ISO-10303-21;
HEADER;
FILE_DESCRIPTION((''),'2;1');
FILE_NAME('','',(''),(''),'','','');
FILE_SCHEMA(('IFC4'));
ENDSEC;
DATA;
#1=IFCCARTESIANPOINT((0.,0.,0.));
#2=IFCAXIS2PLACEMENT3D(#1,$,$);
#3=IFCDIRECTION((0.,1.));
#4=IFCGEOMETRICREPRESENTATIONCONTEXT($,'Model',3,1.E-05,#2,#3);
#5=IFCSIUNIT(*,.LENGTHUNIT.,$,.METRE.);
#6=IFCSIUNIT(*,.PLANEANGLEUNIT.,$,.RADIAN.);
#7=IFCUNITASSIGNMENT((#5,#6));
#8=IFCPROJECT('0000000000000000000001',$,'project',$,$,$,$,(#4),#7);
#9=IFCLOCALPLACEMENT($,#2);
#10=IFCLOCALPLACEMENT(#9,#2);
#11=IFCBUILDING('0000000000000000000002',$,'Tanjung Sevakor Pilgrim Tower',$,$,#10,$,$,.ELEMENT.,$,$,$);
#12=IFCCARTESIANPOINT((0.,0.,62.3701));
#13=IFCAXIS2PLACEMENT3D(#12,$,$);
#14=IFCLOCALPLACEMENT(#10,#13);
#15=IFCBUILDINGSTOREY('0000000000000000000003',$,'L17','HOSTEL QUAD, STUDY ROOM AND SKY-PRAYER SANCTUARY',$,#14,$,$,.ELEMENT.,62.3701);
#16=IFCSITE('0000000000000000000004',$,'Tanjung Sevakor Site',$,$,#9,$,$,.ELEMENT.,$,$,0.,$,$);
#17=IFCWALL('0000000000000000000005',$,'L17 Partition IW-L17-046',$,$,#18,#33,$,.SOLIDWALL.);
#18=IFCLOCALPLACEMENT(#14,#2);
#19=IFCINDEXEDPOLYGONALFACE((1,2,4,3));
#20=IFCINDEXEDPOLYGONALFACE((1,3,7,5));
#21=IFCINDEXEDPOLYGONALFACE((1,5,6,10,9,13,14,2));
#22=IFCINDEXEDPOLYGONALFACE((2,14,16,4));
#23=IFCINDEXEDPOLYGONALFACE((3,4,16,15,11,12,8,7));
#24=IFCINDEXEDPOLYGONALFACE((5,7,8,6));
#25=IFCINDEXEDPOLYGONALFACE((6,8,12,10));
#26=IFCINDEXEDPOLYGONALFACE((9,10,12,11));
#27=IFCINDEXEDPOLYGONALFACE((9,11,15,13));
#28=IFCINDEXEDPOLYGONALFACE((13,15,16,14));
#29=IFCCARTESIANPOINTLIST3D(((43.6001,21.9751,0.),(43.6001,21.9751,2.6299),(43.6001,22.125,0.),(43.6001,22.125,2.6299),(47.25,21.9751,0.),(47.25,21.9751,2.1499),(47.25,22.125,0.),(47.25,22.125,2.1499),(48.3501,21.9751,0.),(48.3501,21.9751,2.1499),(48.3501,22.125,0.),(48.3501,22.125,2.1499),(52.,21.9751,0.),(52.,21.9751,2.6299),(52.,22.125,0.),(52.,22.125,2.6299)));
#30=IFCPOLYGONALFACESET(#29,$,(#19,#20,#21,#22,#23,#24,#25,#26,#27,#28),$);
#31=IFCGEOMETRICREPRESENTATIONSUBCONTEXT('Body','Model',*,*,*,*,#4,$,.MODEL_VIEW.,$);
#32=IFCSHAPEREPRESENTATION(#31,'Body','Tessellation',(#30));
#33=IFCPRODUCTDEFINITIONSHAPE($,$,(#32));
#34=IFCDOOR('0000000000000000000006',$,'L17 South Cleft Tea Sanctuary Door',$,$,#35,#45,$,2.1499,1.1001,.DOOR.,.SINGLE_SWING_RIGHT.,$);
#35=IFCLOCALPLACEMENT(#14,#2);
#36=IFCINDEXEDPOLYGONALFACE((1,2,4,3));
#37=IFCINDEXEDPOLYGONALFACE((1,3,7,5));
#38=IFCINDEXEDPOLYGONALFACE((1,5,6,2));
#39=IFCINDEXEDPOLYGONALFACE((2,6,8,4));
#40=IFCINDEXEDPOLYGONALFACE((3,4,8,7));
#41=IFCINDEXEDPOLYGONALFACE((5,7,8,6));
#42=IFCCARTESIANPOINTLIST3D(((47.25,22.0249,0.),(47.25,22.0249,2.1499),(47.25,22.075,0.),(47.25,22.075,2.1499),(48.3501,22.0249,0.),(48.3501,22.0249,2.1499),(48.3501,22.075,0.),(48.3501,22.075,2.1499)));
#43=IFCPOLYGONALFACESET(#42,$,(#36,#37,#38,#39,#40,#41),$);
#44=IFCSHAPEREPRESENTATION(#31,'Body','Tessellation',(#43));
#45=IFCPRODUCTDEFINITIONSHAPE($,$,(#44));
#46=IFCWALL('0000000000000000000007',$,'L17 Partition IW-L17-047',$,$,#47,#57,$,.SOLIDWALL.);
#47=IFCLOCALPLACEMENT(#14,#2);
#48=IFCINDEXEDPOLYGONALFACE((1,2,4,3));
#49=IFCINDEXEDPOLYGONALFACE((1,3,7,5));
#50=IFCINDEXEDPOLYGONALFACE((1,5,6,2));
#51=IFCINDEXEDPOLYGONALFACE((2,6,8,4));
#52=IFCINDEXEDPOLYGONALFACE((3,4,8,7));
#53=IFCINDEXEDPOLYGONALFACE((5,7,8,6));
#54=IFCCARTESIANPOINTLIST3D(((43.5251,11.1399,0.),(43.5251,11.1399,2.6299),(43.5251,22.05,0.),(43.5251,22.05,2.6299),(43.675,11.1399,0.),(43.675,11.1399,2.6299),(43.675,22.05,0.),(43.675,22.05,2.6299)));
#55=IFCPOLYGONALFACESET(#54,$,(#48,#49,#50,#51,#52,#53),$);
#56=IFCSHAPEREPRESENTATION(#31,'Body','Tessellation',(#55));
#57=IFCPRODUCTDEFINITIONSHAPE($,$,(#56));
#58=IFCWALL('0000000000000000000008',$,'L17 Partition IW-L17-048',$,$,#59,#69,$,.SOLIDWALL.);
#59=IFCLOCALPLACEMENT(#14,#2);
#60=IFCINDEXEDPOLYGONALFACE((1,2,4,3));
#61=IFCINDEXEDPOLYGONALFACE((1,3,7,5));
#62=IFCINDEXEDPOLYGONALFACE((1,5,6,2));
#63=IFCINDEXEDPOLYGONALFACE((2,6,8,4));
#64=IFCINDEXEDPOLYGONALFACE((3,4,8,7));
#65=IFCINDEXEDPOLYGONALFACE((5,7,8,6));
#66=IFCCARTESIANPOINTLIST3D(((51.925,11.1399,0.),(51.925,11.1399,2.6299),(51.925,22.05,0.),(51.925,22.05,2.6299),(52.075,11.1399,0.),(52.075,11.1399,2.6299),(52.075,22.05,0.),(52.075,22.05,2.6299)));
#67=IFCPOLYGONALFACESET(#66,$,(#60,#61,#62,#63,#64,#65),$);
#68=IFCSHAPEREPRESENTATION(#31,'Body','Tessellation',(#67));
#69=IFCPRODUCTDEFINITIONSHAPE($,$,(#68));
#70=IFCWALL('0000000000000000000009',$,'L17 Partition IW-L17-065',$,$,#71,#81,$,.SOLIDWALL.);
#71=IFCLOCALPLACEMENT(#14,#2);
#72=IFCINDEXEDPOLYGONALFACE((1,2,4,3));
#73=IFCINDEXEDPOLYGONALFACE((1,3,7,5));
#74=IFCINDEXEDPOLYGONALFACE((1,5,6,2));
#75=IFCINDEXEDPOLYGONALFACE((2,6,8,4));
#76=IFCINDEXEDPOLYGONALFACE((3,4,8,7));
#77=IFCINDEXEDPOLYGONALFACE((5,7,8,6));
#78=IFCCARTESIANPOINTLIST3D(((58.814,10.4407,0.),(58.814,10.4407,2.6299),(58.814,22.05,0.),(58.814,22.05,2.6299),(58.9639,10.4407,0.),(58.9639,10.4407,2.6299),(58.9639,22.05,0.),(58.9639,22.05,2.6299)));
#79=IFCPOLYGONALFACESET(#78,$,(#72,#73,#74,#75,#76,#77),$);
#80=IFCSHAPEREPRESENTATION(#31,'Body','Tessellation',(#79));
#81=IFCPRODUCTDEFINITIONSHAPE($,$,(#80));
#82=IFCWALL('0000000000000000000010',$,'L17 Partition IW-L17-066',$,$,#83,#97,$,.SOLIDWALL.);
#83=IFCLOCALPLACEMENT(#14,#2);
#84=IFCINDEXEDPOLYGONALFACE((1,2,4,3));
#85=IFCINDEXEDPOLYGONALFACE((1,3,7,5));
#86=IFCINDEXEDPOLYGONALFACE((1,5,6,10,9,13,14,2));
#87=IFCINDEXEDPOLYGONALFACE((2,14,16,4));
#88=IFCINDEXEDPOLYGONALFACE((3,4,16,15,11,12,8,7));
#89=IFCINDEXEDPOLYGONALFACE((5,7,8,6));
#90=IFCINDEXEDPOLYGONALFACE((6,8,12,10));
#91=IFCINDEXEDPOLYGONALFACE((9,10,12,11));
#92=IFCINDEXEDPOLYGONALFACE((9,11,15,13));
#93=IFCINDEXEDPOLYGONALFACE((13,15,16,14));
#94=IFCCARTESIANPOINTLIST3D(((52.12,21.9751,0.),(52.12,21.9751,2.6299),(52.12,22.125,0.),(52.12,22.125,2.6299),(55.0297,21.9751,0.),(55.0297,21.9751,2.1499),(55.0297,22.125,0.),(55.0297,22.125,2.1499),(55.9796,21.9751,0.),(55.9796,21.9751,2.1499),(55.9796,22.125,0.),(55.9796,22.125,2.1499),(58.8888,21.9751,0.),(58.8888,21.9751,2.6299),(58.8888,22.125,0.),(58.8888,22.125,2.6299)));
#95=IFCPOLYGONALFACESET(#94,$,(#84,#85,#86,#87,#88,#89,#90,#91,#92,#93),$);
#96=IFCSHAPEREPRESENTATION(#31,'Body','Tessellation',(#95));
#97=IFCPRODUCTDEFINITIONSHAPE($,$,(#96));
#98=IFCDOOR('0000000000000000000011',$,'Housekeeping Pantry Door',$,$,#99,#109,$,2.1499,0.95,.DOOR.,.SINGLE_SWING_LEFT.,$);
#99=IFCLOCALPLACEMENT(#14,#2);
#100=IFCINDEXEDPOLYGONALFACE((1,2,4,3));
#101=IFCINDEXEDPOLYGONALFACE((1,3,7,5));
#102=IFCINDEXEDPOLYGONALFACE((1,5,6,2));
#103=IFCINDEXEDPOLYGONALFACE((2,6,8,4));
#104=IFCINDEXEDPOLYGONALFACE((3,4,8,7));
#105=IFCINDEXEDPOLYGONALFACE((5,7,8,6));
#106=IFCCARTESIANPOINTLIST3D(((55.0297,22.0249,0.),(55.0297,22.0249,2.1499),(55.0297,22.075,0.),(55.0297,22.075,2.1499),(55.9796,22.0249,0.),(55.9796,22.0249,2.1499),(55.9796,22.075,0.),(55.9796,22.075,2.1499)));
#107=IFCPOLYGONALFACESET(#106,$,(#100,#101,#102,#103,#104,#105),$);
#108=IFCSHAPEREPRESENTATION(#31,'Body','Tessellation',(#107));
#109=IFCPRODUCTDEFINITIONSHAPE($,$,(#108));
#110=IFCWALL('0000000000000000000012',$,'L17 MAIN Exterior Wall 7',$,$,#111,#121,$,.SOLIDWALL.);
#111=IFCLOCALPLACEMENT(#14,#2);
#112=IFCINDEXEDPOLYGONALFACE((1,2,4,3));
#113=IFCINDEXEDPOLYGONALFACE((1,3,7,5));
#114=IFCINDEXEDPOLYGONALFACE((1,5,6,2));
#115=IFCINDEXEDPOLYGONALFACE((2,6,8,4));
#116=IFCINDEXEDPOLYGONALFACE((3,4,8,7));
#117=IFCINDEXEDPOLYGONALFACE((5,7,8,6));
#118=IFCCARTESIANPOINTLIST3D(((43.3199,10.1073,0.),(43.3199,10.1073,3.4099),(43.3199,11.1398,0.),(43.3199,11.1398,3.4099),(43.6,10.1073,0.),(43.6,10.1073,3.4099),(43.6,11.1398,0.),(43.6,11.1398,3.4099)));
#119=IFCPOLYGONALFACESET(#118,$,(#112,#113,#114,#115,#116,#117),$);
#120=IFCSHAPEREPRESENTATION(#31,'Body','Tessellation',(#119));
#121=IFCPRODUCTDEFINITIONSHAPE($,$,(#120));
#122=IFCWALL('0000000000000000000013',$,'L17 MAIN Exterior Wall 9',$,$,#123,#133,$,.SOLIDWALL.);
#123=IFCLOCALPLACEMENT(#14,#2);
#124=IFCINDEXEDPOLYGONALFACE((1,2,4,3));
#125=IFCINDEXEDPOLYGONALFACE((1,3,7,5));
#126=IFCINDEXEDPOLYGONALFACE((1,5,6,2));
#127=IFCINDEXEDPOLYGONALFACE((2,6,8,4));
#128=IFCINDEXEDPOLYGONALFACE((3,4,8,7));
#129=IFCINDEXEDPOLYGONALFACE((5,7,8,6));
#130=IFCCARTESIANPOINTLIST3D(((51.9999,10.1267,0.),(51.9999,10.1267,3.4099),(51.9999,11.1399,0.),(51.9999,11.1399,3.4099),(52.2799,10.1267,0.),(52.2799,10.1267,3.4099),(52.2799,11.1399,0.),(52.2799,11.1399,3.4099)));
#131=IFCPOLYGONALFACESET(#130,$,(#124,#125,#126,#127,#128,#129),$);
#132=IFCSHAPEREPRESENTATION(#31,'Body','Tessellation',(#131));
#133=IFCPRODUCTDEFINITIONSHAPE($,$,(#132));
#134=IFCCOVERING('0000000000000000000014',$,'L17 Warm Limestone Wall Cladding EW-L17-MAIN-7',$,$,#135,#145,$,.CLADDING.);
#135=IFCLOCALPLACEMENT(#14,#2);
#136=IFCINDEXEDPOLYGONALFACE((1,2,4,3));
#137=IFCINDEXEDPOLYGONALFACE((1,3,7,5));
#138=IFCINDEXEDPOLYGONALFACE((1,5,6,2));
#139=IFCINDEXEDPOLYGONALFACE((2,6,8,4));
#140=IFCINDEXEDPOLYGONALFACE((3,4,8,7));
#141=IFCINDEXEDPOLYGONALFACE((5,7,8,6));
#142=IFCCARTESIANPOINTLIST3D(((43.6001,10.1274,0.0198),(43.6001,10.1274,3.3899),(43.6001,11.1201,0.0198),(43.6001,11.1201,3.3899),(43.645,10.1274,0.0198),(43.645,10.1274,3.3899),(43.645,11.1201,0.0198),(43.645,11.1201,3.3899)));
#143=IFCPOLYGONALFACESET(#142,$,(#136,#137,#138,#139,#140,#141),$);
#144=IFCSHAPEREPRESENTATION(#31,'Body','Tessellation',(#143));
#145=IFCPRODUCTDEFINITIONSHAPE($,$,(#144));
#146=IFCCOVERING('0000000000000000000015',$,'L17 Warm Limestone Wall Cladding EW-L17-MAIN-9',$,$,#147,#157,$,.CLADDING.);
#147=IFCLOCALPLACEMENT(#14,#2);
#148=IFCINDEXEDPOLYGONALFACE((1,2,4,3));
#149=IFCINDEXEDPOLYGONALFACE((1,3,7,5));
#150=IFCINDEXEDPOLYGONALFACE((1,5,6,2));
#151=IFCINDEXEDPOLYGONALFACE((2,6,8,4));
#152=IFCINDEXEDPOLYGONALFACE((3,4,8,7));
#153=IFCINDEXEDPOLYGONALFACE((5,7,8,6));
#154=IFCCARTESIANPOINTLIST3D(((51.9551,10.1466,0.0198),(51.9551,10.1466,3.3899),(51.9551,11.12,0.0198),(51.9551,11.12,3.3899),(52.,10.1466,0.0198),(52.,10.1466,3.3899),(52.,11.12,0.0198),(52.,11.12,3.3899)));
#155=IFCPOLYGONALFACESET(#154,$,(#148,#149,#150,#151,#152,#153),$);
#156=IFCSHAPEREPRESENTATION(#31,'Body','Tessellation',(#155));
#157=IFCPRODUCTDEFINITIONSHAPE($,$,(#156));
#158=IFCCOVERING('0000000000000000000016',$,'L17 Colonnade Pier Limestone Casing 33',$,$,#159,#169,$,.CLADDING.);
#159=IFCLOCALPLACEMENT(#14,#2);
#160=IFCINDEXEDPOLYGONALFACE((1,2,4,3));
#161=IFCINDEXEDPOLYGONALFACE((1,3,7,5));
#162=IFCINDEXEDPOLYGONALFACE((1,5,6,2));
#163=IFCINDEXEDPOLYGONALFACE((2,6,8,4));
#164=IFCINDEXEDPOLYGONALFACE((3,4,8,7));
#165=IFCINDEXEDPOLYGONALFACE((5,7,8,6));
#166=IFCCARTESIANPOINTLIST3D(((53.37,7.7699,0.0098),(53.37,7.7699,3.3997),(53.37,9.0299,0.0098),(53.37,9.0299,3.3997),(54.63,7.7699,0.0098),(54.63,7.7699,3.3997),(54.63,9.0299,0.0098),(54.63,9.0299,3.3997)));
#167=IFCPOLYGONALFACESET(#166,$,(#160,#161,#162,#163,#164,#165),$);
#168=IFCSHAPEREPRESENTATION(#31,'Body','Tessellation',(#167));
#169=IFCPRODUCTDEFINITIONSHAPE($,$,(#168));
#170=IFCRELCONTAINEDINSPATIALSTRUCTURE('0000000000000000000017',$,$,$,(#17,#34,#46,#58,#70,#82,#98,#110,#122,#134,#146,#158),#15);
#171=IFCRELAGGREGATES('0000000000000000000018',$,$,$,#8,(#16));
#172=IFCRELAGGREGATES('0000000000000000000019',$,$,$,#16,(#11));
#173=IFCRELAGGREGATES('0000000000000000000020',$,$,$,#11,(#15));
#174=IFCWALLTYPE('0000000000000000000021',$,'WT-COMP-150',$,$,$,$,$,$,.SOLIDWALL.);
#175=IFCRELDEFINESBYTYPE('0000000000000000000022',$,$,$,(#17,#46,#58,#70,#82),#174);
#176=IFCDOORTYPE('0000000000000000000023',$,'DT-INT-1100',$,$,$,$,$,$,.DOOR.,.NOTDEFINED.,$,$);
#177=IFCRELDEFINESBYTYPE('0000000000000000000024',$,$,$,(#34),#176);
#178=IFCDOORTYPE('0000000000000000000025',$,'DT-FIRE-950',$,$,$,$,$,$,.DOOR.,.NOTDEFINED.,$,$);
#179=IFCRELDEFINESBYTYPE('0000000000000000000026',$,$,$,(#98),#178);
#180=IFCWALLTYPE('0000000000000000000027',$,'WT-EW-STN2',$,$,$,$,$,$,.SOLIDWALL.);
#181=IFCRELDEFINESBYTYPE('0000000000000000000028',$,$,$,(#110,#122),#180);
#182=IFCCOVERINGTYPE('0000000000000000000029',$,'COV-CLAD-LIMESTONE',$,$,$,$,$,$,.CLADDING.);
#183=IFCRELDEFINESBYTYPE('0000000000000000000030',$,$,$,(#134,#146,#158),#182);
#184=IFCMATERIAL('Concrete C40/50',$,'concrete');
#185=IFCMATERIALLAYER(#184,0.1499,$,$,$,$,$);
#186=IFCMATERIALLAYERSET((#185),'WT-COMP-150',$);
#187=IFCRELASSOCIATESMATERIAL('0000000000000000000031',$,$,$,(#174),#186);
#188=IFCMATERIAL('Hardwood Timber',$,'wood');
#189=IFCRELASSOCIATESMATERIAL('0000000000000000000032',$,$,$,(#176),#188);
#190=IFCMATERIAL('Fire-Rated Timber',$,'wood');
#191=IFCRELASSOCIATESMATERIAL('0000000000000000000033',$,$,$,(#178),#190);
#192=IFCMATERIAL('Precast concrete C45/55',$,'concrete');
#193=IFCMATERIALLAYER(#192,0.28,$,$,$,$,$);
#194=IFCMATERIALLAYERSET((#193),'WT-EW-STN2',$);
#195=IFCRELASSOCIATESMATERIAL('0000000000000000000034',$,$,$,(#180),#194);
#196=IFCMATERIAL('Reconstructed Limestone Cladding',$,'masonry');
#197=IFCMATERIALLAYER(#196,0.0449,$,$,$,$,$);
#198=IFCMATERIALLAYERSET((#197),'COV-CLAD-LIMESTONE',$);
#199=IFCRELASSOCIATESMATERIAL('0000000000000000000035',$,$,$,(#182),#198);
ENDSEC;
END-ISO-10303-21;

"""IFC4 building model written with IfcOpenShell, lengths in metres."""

from ifc_helpers import new_model, si_unit, direction, frame, frame_2d, origin, origin_2d, place, context, subcontext, project, spatial, rectangle, extrude, material, layer, layer_set, type_object, element, fill, save


model = new_model("IFC4")

# Units and contexts
model_context = context("Model", 3, precision=1e-05, world=origin(), true_north=direction((0.0, 1.0)))
body_context = subcontext(model_context, "Body", "Model", "MODEL_VIEW")
ifc_project = project(units=[si_unit("LENGTHUNIT", "METRE"), si_unit("PLANEANGLEUNIT", "RADIAN")], contexts=[model_context])

# Site, building, storey
site_placement = place(None, origin())
site = spatial("IfcSite", under=ifc_project, at=site_placement, Name="Tanjung Sevakor Site", CompositionType="ELEMENT", RefElevation=0.0)
building_placement = place(site_placement, origin())
building = spatial("IfcBuilding", under=site, at=building_placement, Name="Tanjung Sevakor Pilgrim Tower", CompositionType="ELEMENT")
storey_placement = place(building_placement, frame((0.0, 0.0, 62.3701)))
storey = spatial("IfcBuildingStorey", under=building, at=storey_placement, Name="L17", Description="HOSTEL QUAD, STUDY ROOM AND SKY-PRAYER SANCTUARY", CompositionType="ELEMENT", Elevation=62.3701)

# Wall, opening, door
ifc_material_1 = material(Name="Concrete C40/50", Category="concrete")
ifc_layer_1 = layer(ifc_material_1, 0.1499)
ifc_layer_set_1 = layer_set([ifc_layer_1], Name="WT-COMP-150")
wall_type_1 = type_object("IfcWallType", Name="WT-COMP-150", PredefinedType="SOLIDWALL", material=ifc_layer_set_1)
wall_1_placement = place(storey_placement, frame((43.6001, 22.05, 0.0), z_axis=(0.0, 0.0, 1.0), x_axis=(1.0, 0.0, 0.0)))
wall_1 = element("IfcWall", 1, at=wall_1_placement, inside=storey, type_object=wall_type_1, Name="L17 Partition IW-L17-046", PredefinedType="SOLIDWALL", context=body_context, shape_type="SweptSolid", body=[
    extrude(rectangle(XDim=8.3999, YDim=0.1499, at=frame_2d((4.2, 0.0))), origin(), (0.0, 0.0, 1.0), 2.6299),
])
opening_1_placement = place(wall_1_placement, frame((3.6499, 0.0, 0.0)))
opening_1 = element("IfcOpeningElement", 2, at=opening_1_placement, cuts=wall_1, PredefinedType="OPENING", context=body_context, shape_type="SweptSolid", body=[
    extrude(rectangle(XDim=1.1001, YDim=2.1499, at=frame_2d((0.55, 1.075))), frame((0.0, 0.085, 0.0), z_axis=(0.0, -1.0, 0.0), x_axis=(1.0, 0.0, 0.0)), (0.0, 0.0, 1.0), 0.1699),
])
ifc_material_2 = material(Name="Hardwood Timber", Category="wood")
door_type_1 = type_object("IfcDoorType", Name="DT-INT-1100", OperationType="NOTDEFINED", PredefinedType="DOOR", material=ifc_material_2)
door_1_placement = place(opening_1_placement, origin())
door_1 = element("IfcDoor", 3, at=door_1_placement, inside=storey, type_object=door_type_1, Name="L17 South Cleft Tea Sanctuary Door", OperationType="SINGLE_SWING_RIGHT", OverallHeight=2.1499, OverallWidth=1.1001, PredefinedType="DOOR", context=body_context, shape_type="SweptSolid", body=[
    extrude(rectangle(XDim=1.1001, YDim=2.1499, at=frame_2d((0.55, 1.075))), frame((0.0, 0.0249, 0.0), z_axis=(0.0, -1.0, 0.0), x_axis=(1.0, 0.0, 0.0)), (0.0, 0.0, 1.0), 0.05),
])
fill(opening_1, door_1)

# Walls
for number, where, z_axis, x_axis, name in (
    (4, (43.6001, 11.1399, 0.0), (0.0, 0.0, 1.0), (0.0, 1.0, 0.0), "L17 Partition IW-L17-047"),
    (5, (52.0, 11.1399, 0.0), (0.0, 0.0, 1.0), (0.0, 1.0, 0.0), "L17 Partition IW-L17-048"),
):
    element("IfcWall", number, at=place(storey_placement, frame(where, z_axis=z_axis, x_axis=x_axis)), inside=storey, type_object=wall_type_1, Name=name, PredefinedType="SOLIDWALL", context=body_context, shape_type="SweptSolid", body=[
        extrude(rectangle(XDim=10.9102, YDim=0.1499, at=frame_2d((5.4551, 0.0))), origin(), (0.0, 0.0, 1.0), 2.6299),
    ])
wall_2_placement = place(storey_placement, frame((58.8889, 10.4407, 0.0), z_axis=(0.0, 0.0, 1.0), x_axis=(0.0, 1.0, 0.0)))
element("IfcWall", 6, at=wall_2_placement, inside=storey, type_object=wall_type_1, Name="L17 Partition IW-L17-065", PredefinedType="SOLIDWALL", context=body_context, shape_type="SweptSolid", body=[
    extrude(rectangle(XDim=11.6094, YDim=0.1499, at=frame_2d((5.8047, 0.0))), origin(), (0.0, 0.0, 1.0), 2.6299),
])

# Wall, opening, door
wall_3_placement = place(storey_placement, frame((52.1201, 22.05, 0.0), z_axis=(0.0, 0.0, 1.0), x_axis=(1.0, 0.0, 0.0)))
wall_3 = element("IfcWall", 7, at=wall_3_placement, inside=storey, type_object=wall_type_1, Name="L17 Partition IW-L17-066", PredefinedType="SOLIDWALL", context=body_context, shape_type="SweptSolid", body=[
    extrude(rectangle(XDim=6.7688, YDim=0.1499, at=frame_2d((3.3843, 0.0))), origin(), (0.0, 0.0, 1.0), 2.6299),
])
opening_2_placement = place(wall_3_placement, frame((2.9094, 0.0, 0.0)))
opening_2 = element("IfcOpeningElement", 8, at=opening_2_placement, cuts=wall_3, PredefinedType="OPENING", context=body_context, shape_type="SweptSolid", body=[
    extrude(rectangle(XDim=0.95, YDim=2.1499, at=frame_2d((0.4751, 1.075))), frame((0.0, 0.085, 0.0), z_axis=(0.0, -1.0, 0.0), x_axis=(1.0, 0.0, 0.0)), (0.0, 0.0, 1.0), 0.1699),
])
ifc_material_3 = material(Name="Fire-Rated Timber", Category="wood")
door_type_2 = type_object("IfcDoorType", Name="DT-FIRE-950", OperationType="NOTDEFINED", PredefinedType="DOOR", material=ifc_material_3)
door_2_placement = place(opening_2_placement, origin())
door_2 = element("IfcDoor", 9, at=door_2_placement, inside=storey, type_object=door_type_2, Name="Housekeeping Pantry Door", OperationType="SINGLE_SWING_LEFT", OverallHeight=2.1499, OverallWidth=0.95, PredefinedType="DOOR", context=body_context, shape_type="SweptSolid", body=[
    extrude(rectangle(XDim=0.95, YDim=2.1499, at=frame_2d((0.4751, 1.075))), frame((0.0, 0.0249, 0.0), z_axis=(0.0, -1.0, 0.0), x_axis=(1.0, 0.0, 0.0)), (0.0, 0.0, 1.0), 0.05),
])
fill(opening_2, door_2)

# Walls
ifc_material_4 = material(Name="Precast concrete C45/55", Category="concrete")
ifc_layer_2 = layer(ifc_material_4, 0.28)
ifc_layer_set_2 = layer_set([ifc_layer_2], Name="WT-EW-STN2")
wall_type_2 = type_object("IfcWallType", Name="WT-EW-STN2", PredefinedType="SOLIDWALL", material=ifc_layer_set_2)
wall_4_placement = place(storey_placement, frame((43.46, 10.1074, 0.0), z_axis=(0.0, 0.0, 1.0), x_axis=(0.0, 1.0, 0.0)))
element("IfcWall", 10, at=wall_4_placement, inside=storey, type_object=wall_type_2, Name="L17 MAIN Exterior Wall 7", PredefinedType="SOLIDWALL", context=body_context, shape_type="SweptSolid", body=[
    extrude(rectangle(XDim=1.0325, YDim=0.28, at=frame_2d((0.5161, 0.0))), origin(), (0.0, 0.0, 1.0), 3.4099),
])
wall_5_placement = place(storey_placement, frame((52.1399, 11.1399, 0.0), z_axis=(0.0, 0.0, 1.0), x_axis=(0.0, -1.0, 0.0)))
element("IfcWall", 11, at=wall_5_placement, inside=storey, type_object=wall_type_2, Name="L17 MAIN Exterior Wall 9", PredefinedType="SOLIDWALL", context=body_context, shape_type="SweptSolid", body=[
    extrude(rectangle(XDim=1.0132, YDim=0.28, at=frame_2d((0.5066, 0.0))), origin(), (0.0, 0.0, 1.0), 3.4099),
])

# Coverings
ifc_material_5 = material(Name="Reconstructed Limestone Cladding", Category="masonry")
ifc_layer_3 = layer(ifc_material_5, 0.0449)
ifc_layer_set_3 = layer_set([ifc_layer_3], Name="COV-CLAD-LIMESTONE")
covering_type = type_object("IfcCoveringType", Name="COV-CLAD-LIMESTONE", PredefinedType="CLADDING", material=ifc_layer_set_3)
covering_1_placement = place(storey_placement, frame((43.6226, 10.6238, 0.0198), z_axis=(0.0, 0.0, 1.0), x_axis=(0.0, 1.0, 0.0)))
element("IfcCovering", 12, at=covering_1_placement, inside=storey, type_object=covering_type, Name="L17 Warm Limestone Wall Cladding EW-L17-MAIN-7", PredefinedType="CLADDING", context=body_context, shape_type="SweptSolid", body=[
    extrude(rectangle(XDim=0.9927, YDim=0.0449, at=origin_2d()), origin(), (0.0, 0.0, 1.0), 3.3701),
])
covering_2_placement = place(storey_placement, frame((51.9775, 10.6333, 0.0198), z_axis=(0.0, 0.0, 1.0), x_axis=(0.0, -1.0, 0.0)))
element("IfcCovering", 13, at=covering_2_placement, inside=storey, type_object=covering_type, Name="L17 Warm Limestone Wall Cladding EW-L17-MAIN-9", PredefinedType="CLADDING", context=body_context, shape_type="SweptSolid", body=[
    extrude(rectangle(XDim=0.9734, YDim=0.0449, at=origin_2d()), origin(), (0.0, 0.0, 1.0), 3.3701),
])
covering_3_placement = place(storey_placement, frame((54.0, 8.3999, 0.0098), z_axis=(0.0, 0.0, 1.0), x_axis=(1.0, 0.0, 0.0)))
element("IfcCovering", 14, at=covering_3_placement, inside=storey, type_object=covering_type, Name="L17 Colonnade Pier Limestone Casing 33", PredefinedType="CLADDING", context=body_context, shape_type="SweptSolid", body=[
    extrude(rectangle(XDim=1.26, YDim=1.26, at=origin_2d()), origin(), (0.0, 0.0, 1.0), 3.3899),
])

save(model, "model.ifc")
